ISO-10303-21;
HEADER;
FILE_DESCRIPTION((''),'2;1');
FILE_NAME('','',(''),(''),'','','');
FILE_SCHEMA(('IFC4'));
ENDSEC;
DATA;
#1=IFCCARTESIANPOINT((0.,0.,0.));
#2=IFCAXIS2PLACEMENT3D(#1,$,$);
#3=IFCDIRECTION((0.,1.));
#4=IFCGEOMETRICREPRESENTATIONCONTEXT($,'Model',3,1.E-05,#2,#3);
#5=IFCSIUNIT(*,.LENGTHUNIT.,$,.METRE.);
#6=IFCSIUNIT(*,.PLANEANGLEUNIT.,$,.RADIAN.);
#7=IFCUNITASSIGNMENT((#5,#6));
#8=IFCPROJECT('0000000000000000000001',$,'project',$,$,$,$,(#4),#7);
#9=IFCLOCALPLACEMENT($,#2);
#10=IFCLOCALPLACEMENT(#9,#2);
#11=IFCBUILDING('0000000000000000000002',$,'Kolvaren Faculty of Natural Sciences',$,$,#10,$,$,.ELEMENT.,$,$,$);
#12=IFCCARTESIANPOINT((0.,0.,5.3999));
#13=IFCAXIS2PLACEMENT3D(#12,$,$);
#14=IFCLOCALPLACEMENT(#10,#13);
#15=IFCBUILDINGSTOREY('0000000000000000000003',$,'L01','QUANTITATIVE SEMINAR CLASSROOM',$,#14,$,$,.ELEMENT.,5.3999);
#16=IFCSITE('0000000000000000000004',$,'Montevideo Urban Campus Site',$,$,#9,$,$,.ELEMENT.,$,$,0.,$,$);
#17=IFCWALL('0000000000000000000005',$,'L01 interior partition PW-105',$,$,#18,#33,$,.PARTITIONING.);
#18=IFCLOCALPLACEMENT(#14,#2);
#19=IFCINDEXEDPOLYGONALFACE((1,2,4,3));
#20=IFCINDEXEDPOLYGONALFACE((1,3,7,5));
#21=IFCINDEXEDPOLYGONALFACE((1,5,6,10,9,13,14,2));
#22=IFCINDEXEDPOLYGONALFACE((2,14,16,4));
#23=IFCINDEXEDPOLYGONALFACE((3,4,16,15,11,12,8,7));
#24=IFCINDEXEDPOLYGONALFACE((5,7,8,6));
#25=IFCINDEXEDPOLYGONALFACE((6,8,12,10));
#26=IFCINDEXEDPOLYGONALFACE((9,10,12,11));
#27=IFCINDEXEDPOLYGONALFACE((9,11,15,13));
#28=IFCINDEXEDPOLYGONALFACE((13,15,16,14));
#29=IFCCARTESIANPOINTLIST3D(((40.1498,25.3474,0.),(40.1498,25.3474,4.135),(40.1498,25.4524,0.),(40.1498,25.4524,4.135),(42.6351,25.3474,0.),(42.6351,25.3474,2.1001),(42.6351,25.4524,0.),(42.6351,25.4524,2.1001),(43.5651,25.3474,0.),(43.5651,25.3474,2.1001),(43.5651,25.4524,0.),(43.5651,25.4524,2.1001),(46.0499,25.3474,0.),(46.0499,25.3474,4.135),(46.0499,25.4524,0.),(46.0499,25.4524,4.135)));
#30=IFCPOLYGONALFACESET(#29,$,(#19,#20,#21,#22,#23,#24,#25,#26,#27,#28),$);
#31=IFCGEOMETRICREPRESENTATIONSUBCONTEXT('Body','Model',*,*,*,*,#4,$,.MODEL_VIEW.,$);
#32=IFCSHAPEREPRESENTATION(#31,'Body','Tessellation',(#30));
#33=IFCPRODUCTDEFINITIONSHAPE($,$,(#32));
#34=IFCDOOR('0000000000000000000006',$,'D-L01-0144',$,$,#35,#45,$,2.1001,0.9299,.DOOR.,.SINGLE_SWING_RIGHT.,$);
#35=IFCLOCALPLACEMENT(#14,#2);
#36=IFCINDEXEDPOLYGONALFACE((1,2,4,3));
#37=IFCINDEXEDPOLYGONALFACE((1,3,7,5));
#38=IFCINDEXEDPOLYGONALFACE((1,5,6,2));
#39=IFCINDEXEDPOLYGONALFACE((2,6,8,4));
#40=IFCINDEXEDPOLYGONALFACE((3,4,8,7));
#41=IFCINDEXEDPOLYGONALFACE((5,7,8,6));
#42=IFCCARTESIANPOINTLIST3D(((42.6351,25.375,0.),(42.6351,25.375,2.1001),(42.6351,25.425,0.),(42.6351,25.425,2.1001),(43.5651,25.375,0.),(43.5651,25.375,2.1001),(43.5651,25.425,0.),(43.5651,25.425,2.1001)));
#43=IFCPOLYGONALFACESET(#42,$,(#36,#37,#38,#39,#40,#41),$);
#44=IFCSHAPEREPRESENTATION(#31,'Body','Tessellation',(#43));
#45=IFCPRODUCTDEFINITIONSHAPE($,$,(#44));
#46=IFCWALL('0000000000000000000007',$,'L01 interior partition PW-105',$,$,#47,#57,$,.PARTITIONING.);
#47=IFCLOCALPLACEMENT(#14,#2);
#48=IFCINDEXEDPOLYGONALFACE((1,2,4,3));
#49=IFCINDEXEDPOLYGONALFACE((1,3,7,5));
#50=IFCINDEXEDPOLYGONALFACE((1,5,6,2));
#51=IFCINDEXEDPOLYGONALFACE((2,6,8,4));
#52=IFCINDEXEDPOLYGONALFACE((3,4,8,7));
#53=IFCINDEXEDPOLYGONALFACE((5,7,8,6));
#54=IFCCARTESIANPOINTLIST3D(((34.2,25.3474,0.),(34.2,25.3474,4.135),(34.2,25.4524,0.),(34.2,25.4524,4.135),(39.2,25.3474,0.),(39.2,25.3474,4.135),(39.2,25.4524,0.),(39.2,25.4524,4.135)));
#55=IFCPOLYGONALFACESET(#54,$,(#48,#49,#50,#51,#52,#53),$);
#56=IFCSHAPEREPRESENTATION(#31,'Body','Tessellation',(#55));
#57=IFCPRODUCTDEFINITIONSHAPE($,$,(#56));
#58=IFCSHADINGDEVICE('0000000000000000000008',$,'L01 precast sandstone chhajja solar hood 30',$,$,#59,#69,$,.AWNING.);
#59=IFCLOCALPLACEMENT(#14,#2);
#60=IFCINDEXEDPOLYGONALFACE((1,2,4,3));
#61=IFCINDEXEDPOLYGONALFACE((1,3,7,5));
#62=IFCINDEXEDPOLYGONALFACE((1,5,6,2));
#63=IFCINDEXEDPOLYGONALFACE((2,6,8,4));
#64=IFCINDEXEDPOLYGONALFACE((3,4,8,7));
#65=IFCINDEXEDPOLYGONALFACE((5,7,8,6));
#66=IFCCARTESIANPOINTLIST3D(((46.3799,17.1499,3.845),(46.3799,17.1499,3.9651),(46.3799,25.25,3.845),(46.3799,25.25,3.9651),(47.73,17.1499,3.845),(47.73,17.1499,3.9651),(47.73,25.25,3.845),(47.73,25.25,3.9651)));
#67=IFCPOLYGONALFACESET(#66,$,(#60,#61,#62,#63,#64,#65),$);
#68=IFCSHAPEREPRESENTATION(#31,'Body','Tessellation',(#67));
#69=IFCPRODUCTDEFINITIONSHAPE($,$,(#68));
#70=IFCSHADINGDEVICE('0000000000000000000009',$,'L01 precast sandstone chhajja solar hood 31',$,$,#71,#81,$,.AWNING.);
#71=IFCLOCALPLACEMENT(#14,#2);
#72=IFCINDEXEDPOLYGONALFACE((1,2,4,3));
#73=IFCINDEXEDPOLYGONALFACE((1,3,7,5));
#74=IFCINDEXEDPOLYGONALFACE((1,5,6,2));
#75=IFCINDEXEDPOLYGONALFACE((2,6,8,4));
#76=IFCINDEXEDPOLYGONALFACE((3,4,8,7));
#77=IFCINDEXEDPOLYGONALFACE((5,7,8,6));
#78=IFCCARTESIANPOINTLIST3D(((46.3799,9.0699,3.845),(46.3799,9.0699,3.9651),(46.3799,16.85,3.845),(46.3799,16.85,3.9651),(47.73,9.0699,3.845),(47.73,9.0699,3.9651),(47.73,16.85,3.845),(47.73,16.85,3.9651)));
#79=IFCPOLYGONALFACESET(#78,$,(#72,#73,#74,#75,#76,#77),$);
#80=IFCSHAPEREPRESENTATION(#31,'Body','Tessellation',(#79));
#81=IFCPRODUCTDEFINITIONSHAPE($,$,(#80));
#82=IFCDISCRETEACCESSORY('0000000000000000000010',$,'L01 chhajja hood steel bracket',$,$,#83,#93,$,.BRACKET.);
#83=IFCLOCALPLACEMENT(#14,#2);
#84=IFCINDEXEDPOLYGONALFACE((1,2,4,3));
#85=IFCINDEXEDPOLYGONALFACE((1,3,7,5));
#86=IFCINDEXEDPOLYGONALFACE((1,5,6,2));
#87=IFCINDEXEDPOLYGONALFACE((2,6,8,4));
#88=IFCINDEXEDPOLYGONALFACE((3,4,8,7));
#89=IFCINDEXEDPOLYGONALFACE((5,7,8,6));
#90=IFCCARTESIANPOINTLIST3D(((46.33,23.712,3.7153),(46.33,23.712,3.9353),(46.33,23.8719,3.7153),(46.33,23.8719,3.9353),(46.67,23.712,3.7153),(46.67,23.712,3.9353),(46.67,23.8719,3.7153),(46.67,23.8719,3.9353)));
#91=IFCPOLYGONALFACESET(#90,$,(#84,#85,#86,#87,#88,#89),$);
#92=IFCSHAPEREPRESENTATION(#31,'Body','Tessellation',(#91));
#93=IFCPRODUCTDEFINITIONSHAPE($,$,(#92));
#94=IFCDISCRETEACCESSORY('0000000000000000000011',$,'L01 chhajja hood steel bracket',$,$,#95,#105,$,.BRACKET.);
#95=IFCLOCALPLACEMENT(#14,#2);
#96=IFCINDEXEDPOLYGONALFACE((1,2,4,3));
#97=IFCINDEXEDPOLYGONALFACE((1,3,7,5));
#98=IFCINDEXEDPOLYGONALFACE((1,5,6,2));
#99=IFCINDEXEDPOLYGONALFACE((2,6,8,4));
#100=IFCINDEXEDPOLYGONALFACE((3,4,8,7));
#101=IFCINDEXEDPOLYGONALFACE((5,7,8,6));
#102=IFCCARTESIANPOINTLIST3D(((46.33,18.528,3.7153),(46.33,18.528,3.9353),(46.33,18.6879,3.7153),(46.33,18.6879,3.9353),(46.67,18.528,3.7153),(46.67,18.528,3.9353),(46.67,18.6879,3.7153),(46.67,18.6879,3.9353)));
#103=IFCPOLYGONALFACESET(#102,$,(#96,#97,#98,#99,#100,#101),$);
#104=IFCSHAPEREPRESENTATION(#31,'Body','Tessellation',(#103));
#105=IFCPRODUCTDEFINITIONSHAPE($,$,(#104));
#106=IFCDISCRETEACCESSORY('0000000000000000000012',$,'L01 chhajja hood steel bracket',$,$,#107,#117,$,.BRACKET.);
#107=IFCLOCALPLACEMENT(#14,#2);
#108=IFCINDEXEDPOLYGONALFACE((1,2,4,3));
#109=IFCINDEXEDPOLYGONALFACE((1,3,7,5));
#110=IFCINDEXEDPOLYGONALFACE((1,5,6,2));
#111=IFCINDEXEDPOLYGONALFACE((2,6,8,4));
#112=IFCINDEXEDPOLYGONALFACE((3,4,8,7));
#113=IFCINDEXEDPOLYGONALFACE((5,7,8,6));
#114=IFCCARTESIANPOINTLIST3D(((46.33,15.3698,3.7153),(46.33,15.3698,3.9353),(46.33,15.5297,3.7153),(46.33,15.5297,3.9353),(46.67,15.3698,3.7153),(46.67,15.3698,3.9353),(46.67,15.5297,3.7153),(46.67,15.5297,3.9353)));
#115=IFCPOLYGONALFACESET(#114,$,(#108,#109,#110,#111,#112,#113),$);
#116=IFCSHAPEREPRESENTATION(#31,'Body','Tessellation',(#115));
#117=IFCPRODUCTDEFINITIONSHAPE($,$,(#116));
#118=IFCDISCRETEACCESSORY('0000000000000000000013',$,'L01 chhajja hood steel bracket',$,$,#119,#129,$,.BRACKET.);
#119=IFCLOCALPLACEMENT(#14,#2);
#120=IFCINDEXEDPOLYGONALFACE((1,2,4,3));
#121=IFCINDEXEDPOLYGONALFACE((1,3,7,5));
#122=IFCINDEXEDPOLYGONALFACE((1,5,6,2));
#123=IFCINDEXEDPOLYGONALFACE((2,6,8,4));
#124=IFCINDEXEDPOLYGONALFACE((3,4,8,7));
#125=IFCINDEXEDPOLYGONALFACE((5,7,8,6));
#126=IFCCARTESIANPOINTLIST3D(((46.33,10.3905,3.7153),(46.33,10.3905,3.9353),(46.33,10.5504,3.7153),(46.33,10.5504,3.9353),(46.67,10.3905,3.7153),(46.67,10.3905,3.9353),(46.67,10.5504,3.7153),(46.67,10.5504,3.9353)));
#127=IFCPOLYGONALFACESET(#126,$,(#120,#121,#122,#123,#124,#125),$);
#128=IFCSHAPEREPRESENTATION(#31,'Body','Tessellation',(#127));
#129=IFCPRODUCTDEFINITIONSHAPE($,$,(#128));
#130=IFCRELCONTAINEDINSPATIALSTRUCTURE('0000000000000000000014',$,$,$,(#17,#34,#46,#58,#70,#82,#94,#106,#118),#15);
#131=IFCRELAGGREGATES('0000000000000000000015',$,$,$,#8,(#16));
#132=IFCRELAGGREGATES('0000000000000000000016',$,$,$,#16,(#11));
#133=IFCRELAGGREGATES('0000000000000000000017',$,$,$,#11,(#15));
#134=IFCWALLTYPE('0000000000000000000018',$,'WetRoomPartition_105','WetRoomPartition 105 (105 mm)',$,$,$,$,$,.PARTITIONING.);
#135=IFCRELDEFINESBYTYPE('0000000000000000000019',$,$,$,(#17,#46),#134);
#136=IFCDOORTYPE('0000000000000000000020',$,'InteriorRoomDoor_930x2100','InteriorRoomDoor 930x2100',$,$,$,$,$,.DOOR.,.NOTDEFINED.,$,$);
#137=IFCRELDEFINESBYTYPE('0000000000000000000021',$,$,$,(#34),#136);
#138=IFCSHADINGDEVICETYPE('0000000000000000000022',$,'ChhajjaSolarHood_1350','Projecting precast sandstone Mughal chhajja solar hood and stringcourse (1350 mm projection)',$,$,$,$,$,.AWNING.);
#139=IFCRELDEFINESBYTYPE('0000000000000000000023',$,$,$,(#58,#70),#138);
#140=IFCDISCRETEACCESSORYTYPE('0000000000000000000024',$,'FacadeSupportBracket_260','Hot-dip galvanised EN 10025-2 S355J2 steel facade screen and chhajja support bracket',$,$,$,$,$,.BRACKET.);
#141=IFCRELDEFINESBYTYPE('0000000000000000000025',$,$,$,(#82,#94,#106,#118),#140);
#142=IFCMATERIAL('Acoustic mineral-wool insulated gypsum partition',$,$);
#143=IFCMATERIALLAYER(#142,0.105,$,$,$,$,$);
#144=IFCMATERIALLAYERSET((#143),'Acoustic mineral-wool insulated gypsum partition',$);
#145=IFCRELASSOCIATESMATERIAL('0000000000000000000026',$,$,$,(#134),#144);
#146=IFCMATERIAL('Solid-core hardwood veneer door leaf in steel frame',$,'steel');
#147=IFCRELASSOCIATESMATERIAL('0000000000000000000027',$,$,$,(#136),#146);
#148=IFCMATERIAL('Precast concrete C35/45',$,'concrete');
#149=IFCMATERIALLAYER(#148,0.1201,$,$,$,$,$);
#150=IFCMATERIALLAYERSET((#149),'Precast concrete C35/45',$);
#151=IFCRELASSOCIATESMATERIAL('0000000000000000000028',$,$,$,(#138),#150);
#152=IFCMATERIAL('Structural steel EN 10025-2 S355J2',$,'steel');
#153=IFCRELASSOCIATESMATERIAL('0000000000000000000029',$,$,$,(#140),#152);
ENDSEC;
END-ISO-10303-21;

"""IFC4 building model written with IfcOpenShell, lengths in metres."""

from ifc_helpers import new_model, si_unit, direction, frame, frame_2d, origin, origin_2d, place, context, subcontext, project, spatial, rectangle, extrude, material, layer, layer_set, type_object, element, fill, save


model = new_model("IFC4")

# Units and contexts
model_context = context("Model", 3, precision=1e-05, world=origin(), true_north=direction((0.0, 1.0)))
body_context = subcontext(model_context, "Body", "Model", "MODEL_VIEW")
ifc_project = project(units=[si_unit("LENGTHUNIT", "METRE"), si_unit("PLANEANGLEUNIT", "RADIAN")], contexts=[model_context])

# Site, building, storey
site_placement = place(None, origin())
site = spatial("IfcSite", under=ifc_project, at=site_placement, Name="Montevideo Urban Campus Site", CompositionType="ELEMENT", RefElevation=0.0)
building_placement = place(site_placement, origin())
building = spatial("IfcBuilding", under=site, at=building_placement, Name="Kolvaren Faculty of Natural Sciences", CompositionType="ELEMENT")
storey_placement = place(building_placement, frame((0.0, 0.0, 5.3999)))
storey = spatial("IfcBuildingStorey", under=building, at=storey_placement, Name="L01", Description="QUANTITATIVE SEMINAR CLASSROOM", CompositionType="ELEMENT", Elevation=5.3999)

# Wall, opening, door
ifc_material_1 = material(Name="Acoustic mineral-wool insulated gypsum partition")
ifc_layer_1 = layer(ifc_material_1, 0.105)
ifc_layer_set_1 = layer_set([ifc_layer_1], Name="Acoustic mineral-wool insulated gypsum partition")
wall_type_1 = type_object("IfcWallType", Name="WetRoomPartition_105", Description="WetRoomPartition 105 (105 mm)", PredefinedType="PARTITIONING", material=ifc_layer_set_1)
wall_1_placement = place(storey_placement, frame((46.05, 25.3999, 0.0), z_axis=(0.0, 0.0, 1.0), x_axis=(-1.0, 0.0, 0.0)))
wall_1 = element("IfcWall", 1, at=wall_1_placement, inside=storey, type_object=wall_type_1, Name="L01 interior partition PW-105", PredefinedType="PARTITIONING", context=body_context, shape_type="SweptSolid", body=[
    extrude(rectangle(XDim=5.9001, YDim=0.105, at=frame_2d((2.9502, 0.0))), origin(), (0.0, 0.0, 1.0), 4.135),
])
opening_1_placement = place(wall_1_placement, frame((2.4851, 0.0, 0.0)))
opening_1 = element("IfcOpeningElement", 2, at=opening_1_placement, cuts=wall_1, PredefinedType="OPENING", context=body_context, shape_type="SweptSolid", body=[
    extrude(rectangle(XDim=0.9299, YDim=2.1001, at=frame_2d((0.4648, 1.05))), frame((0.0, 0.0625, 0.0), z_axis=(0.0, -1.0, 0.0), x_axis=(1.0, 0.0, 0.0)), (0.0, 0.0, 1.0), 0.125),
])
ifc_material_2 = material(Name="Solid-core hardwood veneer door leaf in steel frame", Category="steel")
door_type = type_object("IfcDoorType", Name="InteriorRoomDoor_930x2100", Description="InteriorRoomDoor 930x2100", OperationType="NOTDEFINED", PredefinedType="DOOR", material=ifc_material_2)
door_placement = place(opening_1_placement, origin())
door = element("IfcDoor", 3, at=door_placement, inside=storey, type_object=door_type, Name="D-L01-0144", OperationType="SINGLE_SWING_RIGHT", OverallHeight=2.1001, OverallWidth=0.9299, PredefinedType="DOOR", context=body_context, shape_type="SweptSolid", body=[
    extrude(rectangle(XDim=0.9299, YDim=2.1001, at=frame_2d((0.4648, 1.05))), frame((0.0, 0.0249, 0.0), z_axis=(0.0, -1.0, 0.0), x_axis=(1.0, 0.0, 0.0)), (0.0, 0.0, 1.0), 0.05),
])
fill(opening_1, door)

# Wall
wall_2_placement = place(storey_placement, frame((39.2, 25.3999, 0.0), z_axis=(0.0, 0.0, 1.0), x_axis=(-1.0, 0.0, 0.0)))
element("IfcWall", 4, at=wall_2_placement, inside=storey, type_object=wall_type_1, Name="L01 interior partition PW-105", PredefinedType="PARTITIONING", context=body_context, shape_type="SweptSolid", body=[
    extrude(rectangle(XDim=5.0, YDim=0.105, at=frame_2d((2.5, 0.0))), origin(), (0.0, 0.0, 1.0), 4.135),
])

# Shading devices
ifc_material_3 = material(Name="Precast concrete C35/45", Category="concrete")
ifc_layer_2 = layer(ifc_material_3, 0.1201)
ifc_layer_set_2 = layer_set([ifc_layer_2], Name="Precast concrete C35/45")
shading_device_type = type_object("IfcShadingDeviceType", Name="ChhajjaSolarHood_1350", Description="Projecting precast sandstone Mughal chhajja solar hood and stringcourse (1350 mm projection)", PredefinedType="AWNING", material=ifc_layer_set_2)
shading_device_1_placement = place(storey_placement, frame((47.0549, 21.2, 3.845), z_axis=(0.0, 0.0, 1.0), x_axis=(0.0, -1.0, 0.0)))
element("IfcShadingDevice", 5, at=shading_device_1_placement, inside=storey, type_object=shading_device_type, Name="L01 precast sandstone chhajja solar hood 30", PredefinedType="AWNING", context=body_context, shape_type="SweptSolid", body=[
    extrude(rectangle(XDim=8.1001, YDim=1.3501, at=origin_2d()), origin(), (0.0, 0.0, 1.0), 0.1201),
])
shading_device_2_placement = place(storey_placement, frame((47.0549, 12.96, 3.845), z_axis=(0.0, 0.0, 1.0), x_axis=(0.0, -1.0, 0.0)))
element("IfcShadingDevice", 6, at=shading_device_2_placement, inside=storey, type_object=shading_device_type, Name="L01 precast sandstone chhajja solar hood 31", PredefinedType="AWNING", context=body_context, shape_type="SweptSolid", body=[
    extrude(rectangle(XDim=7.78, YDim=1.3501, at=origin_2d()), origin(), (0.0, 0.0, 1.0), 0.1201),
])

# Discrete accessories
ifc_material_4 = material(Name="Structural steel EN 10025-2 S355J2", Category="steel")
discrete_accessory_type = type_object("IfcDiscreteAccessoryType", Name="FacadeSupportBracket_260", Description="Hot-dip galvanised EN 10025-2 S355J2 steel facade screen and chhajja support bracket", PredefinedType="BRACKET", material=ifc_material_4)
for number, where, z_axis, x_axis, name in (
    (7, (46.5, 23.792, 3.7153), (0.0, 0.0, 1.0), (0.0, -1.0, 0.0), "L01 chhajja hood steel bracket"),
    (8, (46.5, 18.6079, 3.7153), (0.0, 0.0, 1.0), (0.0, -1.0, 0.0), "L01 chhajja hood steel bracket"),
    (9, (46.5, 15.4497, 3.7153), (0.0, 0.0, 1.0), (0.0, -1.0, 0.0), "L01 chhajja hood steel bracket"),
    (10, (46.5, 10.4705, 3.7153), (0.0, 0.0, 1.0), (0.0, -1.0, 0.0), "L01 chhajja hood steel bracket"),
):
    element("IfcDiscreteAccessory", number, at=place(storey_placement, frame(where, z_axis=z_axis, x_axis=x_axis)), inside=storey, type_object=discrete_accessory_type, Name=name, PredefinedType="BRACKET", context=body_context, shape_type="SweptSolid", body=[
        extrude(rectangle(XDim=0.1599, YDim=0.3401, at=origin_2d()), origin(), (0.0, 0.0, 1.0), 0.22),
    ])

save(model, "model.ifc")
